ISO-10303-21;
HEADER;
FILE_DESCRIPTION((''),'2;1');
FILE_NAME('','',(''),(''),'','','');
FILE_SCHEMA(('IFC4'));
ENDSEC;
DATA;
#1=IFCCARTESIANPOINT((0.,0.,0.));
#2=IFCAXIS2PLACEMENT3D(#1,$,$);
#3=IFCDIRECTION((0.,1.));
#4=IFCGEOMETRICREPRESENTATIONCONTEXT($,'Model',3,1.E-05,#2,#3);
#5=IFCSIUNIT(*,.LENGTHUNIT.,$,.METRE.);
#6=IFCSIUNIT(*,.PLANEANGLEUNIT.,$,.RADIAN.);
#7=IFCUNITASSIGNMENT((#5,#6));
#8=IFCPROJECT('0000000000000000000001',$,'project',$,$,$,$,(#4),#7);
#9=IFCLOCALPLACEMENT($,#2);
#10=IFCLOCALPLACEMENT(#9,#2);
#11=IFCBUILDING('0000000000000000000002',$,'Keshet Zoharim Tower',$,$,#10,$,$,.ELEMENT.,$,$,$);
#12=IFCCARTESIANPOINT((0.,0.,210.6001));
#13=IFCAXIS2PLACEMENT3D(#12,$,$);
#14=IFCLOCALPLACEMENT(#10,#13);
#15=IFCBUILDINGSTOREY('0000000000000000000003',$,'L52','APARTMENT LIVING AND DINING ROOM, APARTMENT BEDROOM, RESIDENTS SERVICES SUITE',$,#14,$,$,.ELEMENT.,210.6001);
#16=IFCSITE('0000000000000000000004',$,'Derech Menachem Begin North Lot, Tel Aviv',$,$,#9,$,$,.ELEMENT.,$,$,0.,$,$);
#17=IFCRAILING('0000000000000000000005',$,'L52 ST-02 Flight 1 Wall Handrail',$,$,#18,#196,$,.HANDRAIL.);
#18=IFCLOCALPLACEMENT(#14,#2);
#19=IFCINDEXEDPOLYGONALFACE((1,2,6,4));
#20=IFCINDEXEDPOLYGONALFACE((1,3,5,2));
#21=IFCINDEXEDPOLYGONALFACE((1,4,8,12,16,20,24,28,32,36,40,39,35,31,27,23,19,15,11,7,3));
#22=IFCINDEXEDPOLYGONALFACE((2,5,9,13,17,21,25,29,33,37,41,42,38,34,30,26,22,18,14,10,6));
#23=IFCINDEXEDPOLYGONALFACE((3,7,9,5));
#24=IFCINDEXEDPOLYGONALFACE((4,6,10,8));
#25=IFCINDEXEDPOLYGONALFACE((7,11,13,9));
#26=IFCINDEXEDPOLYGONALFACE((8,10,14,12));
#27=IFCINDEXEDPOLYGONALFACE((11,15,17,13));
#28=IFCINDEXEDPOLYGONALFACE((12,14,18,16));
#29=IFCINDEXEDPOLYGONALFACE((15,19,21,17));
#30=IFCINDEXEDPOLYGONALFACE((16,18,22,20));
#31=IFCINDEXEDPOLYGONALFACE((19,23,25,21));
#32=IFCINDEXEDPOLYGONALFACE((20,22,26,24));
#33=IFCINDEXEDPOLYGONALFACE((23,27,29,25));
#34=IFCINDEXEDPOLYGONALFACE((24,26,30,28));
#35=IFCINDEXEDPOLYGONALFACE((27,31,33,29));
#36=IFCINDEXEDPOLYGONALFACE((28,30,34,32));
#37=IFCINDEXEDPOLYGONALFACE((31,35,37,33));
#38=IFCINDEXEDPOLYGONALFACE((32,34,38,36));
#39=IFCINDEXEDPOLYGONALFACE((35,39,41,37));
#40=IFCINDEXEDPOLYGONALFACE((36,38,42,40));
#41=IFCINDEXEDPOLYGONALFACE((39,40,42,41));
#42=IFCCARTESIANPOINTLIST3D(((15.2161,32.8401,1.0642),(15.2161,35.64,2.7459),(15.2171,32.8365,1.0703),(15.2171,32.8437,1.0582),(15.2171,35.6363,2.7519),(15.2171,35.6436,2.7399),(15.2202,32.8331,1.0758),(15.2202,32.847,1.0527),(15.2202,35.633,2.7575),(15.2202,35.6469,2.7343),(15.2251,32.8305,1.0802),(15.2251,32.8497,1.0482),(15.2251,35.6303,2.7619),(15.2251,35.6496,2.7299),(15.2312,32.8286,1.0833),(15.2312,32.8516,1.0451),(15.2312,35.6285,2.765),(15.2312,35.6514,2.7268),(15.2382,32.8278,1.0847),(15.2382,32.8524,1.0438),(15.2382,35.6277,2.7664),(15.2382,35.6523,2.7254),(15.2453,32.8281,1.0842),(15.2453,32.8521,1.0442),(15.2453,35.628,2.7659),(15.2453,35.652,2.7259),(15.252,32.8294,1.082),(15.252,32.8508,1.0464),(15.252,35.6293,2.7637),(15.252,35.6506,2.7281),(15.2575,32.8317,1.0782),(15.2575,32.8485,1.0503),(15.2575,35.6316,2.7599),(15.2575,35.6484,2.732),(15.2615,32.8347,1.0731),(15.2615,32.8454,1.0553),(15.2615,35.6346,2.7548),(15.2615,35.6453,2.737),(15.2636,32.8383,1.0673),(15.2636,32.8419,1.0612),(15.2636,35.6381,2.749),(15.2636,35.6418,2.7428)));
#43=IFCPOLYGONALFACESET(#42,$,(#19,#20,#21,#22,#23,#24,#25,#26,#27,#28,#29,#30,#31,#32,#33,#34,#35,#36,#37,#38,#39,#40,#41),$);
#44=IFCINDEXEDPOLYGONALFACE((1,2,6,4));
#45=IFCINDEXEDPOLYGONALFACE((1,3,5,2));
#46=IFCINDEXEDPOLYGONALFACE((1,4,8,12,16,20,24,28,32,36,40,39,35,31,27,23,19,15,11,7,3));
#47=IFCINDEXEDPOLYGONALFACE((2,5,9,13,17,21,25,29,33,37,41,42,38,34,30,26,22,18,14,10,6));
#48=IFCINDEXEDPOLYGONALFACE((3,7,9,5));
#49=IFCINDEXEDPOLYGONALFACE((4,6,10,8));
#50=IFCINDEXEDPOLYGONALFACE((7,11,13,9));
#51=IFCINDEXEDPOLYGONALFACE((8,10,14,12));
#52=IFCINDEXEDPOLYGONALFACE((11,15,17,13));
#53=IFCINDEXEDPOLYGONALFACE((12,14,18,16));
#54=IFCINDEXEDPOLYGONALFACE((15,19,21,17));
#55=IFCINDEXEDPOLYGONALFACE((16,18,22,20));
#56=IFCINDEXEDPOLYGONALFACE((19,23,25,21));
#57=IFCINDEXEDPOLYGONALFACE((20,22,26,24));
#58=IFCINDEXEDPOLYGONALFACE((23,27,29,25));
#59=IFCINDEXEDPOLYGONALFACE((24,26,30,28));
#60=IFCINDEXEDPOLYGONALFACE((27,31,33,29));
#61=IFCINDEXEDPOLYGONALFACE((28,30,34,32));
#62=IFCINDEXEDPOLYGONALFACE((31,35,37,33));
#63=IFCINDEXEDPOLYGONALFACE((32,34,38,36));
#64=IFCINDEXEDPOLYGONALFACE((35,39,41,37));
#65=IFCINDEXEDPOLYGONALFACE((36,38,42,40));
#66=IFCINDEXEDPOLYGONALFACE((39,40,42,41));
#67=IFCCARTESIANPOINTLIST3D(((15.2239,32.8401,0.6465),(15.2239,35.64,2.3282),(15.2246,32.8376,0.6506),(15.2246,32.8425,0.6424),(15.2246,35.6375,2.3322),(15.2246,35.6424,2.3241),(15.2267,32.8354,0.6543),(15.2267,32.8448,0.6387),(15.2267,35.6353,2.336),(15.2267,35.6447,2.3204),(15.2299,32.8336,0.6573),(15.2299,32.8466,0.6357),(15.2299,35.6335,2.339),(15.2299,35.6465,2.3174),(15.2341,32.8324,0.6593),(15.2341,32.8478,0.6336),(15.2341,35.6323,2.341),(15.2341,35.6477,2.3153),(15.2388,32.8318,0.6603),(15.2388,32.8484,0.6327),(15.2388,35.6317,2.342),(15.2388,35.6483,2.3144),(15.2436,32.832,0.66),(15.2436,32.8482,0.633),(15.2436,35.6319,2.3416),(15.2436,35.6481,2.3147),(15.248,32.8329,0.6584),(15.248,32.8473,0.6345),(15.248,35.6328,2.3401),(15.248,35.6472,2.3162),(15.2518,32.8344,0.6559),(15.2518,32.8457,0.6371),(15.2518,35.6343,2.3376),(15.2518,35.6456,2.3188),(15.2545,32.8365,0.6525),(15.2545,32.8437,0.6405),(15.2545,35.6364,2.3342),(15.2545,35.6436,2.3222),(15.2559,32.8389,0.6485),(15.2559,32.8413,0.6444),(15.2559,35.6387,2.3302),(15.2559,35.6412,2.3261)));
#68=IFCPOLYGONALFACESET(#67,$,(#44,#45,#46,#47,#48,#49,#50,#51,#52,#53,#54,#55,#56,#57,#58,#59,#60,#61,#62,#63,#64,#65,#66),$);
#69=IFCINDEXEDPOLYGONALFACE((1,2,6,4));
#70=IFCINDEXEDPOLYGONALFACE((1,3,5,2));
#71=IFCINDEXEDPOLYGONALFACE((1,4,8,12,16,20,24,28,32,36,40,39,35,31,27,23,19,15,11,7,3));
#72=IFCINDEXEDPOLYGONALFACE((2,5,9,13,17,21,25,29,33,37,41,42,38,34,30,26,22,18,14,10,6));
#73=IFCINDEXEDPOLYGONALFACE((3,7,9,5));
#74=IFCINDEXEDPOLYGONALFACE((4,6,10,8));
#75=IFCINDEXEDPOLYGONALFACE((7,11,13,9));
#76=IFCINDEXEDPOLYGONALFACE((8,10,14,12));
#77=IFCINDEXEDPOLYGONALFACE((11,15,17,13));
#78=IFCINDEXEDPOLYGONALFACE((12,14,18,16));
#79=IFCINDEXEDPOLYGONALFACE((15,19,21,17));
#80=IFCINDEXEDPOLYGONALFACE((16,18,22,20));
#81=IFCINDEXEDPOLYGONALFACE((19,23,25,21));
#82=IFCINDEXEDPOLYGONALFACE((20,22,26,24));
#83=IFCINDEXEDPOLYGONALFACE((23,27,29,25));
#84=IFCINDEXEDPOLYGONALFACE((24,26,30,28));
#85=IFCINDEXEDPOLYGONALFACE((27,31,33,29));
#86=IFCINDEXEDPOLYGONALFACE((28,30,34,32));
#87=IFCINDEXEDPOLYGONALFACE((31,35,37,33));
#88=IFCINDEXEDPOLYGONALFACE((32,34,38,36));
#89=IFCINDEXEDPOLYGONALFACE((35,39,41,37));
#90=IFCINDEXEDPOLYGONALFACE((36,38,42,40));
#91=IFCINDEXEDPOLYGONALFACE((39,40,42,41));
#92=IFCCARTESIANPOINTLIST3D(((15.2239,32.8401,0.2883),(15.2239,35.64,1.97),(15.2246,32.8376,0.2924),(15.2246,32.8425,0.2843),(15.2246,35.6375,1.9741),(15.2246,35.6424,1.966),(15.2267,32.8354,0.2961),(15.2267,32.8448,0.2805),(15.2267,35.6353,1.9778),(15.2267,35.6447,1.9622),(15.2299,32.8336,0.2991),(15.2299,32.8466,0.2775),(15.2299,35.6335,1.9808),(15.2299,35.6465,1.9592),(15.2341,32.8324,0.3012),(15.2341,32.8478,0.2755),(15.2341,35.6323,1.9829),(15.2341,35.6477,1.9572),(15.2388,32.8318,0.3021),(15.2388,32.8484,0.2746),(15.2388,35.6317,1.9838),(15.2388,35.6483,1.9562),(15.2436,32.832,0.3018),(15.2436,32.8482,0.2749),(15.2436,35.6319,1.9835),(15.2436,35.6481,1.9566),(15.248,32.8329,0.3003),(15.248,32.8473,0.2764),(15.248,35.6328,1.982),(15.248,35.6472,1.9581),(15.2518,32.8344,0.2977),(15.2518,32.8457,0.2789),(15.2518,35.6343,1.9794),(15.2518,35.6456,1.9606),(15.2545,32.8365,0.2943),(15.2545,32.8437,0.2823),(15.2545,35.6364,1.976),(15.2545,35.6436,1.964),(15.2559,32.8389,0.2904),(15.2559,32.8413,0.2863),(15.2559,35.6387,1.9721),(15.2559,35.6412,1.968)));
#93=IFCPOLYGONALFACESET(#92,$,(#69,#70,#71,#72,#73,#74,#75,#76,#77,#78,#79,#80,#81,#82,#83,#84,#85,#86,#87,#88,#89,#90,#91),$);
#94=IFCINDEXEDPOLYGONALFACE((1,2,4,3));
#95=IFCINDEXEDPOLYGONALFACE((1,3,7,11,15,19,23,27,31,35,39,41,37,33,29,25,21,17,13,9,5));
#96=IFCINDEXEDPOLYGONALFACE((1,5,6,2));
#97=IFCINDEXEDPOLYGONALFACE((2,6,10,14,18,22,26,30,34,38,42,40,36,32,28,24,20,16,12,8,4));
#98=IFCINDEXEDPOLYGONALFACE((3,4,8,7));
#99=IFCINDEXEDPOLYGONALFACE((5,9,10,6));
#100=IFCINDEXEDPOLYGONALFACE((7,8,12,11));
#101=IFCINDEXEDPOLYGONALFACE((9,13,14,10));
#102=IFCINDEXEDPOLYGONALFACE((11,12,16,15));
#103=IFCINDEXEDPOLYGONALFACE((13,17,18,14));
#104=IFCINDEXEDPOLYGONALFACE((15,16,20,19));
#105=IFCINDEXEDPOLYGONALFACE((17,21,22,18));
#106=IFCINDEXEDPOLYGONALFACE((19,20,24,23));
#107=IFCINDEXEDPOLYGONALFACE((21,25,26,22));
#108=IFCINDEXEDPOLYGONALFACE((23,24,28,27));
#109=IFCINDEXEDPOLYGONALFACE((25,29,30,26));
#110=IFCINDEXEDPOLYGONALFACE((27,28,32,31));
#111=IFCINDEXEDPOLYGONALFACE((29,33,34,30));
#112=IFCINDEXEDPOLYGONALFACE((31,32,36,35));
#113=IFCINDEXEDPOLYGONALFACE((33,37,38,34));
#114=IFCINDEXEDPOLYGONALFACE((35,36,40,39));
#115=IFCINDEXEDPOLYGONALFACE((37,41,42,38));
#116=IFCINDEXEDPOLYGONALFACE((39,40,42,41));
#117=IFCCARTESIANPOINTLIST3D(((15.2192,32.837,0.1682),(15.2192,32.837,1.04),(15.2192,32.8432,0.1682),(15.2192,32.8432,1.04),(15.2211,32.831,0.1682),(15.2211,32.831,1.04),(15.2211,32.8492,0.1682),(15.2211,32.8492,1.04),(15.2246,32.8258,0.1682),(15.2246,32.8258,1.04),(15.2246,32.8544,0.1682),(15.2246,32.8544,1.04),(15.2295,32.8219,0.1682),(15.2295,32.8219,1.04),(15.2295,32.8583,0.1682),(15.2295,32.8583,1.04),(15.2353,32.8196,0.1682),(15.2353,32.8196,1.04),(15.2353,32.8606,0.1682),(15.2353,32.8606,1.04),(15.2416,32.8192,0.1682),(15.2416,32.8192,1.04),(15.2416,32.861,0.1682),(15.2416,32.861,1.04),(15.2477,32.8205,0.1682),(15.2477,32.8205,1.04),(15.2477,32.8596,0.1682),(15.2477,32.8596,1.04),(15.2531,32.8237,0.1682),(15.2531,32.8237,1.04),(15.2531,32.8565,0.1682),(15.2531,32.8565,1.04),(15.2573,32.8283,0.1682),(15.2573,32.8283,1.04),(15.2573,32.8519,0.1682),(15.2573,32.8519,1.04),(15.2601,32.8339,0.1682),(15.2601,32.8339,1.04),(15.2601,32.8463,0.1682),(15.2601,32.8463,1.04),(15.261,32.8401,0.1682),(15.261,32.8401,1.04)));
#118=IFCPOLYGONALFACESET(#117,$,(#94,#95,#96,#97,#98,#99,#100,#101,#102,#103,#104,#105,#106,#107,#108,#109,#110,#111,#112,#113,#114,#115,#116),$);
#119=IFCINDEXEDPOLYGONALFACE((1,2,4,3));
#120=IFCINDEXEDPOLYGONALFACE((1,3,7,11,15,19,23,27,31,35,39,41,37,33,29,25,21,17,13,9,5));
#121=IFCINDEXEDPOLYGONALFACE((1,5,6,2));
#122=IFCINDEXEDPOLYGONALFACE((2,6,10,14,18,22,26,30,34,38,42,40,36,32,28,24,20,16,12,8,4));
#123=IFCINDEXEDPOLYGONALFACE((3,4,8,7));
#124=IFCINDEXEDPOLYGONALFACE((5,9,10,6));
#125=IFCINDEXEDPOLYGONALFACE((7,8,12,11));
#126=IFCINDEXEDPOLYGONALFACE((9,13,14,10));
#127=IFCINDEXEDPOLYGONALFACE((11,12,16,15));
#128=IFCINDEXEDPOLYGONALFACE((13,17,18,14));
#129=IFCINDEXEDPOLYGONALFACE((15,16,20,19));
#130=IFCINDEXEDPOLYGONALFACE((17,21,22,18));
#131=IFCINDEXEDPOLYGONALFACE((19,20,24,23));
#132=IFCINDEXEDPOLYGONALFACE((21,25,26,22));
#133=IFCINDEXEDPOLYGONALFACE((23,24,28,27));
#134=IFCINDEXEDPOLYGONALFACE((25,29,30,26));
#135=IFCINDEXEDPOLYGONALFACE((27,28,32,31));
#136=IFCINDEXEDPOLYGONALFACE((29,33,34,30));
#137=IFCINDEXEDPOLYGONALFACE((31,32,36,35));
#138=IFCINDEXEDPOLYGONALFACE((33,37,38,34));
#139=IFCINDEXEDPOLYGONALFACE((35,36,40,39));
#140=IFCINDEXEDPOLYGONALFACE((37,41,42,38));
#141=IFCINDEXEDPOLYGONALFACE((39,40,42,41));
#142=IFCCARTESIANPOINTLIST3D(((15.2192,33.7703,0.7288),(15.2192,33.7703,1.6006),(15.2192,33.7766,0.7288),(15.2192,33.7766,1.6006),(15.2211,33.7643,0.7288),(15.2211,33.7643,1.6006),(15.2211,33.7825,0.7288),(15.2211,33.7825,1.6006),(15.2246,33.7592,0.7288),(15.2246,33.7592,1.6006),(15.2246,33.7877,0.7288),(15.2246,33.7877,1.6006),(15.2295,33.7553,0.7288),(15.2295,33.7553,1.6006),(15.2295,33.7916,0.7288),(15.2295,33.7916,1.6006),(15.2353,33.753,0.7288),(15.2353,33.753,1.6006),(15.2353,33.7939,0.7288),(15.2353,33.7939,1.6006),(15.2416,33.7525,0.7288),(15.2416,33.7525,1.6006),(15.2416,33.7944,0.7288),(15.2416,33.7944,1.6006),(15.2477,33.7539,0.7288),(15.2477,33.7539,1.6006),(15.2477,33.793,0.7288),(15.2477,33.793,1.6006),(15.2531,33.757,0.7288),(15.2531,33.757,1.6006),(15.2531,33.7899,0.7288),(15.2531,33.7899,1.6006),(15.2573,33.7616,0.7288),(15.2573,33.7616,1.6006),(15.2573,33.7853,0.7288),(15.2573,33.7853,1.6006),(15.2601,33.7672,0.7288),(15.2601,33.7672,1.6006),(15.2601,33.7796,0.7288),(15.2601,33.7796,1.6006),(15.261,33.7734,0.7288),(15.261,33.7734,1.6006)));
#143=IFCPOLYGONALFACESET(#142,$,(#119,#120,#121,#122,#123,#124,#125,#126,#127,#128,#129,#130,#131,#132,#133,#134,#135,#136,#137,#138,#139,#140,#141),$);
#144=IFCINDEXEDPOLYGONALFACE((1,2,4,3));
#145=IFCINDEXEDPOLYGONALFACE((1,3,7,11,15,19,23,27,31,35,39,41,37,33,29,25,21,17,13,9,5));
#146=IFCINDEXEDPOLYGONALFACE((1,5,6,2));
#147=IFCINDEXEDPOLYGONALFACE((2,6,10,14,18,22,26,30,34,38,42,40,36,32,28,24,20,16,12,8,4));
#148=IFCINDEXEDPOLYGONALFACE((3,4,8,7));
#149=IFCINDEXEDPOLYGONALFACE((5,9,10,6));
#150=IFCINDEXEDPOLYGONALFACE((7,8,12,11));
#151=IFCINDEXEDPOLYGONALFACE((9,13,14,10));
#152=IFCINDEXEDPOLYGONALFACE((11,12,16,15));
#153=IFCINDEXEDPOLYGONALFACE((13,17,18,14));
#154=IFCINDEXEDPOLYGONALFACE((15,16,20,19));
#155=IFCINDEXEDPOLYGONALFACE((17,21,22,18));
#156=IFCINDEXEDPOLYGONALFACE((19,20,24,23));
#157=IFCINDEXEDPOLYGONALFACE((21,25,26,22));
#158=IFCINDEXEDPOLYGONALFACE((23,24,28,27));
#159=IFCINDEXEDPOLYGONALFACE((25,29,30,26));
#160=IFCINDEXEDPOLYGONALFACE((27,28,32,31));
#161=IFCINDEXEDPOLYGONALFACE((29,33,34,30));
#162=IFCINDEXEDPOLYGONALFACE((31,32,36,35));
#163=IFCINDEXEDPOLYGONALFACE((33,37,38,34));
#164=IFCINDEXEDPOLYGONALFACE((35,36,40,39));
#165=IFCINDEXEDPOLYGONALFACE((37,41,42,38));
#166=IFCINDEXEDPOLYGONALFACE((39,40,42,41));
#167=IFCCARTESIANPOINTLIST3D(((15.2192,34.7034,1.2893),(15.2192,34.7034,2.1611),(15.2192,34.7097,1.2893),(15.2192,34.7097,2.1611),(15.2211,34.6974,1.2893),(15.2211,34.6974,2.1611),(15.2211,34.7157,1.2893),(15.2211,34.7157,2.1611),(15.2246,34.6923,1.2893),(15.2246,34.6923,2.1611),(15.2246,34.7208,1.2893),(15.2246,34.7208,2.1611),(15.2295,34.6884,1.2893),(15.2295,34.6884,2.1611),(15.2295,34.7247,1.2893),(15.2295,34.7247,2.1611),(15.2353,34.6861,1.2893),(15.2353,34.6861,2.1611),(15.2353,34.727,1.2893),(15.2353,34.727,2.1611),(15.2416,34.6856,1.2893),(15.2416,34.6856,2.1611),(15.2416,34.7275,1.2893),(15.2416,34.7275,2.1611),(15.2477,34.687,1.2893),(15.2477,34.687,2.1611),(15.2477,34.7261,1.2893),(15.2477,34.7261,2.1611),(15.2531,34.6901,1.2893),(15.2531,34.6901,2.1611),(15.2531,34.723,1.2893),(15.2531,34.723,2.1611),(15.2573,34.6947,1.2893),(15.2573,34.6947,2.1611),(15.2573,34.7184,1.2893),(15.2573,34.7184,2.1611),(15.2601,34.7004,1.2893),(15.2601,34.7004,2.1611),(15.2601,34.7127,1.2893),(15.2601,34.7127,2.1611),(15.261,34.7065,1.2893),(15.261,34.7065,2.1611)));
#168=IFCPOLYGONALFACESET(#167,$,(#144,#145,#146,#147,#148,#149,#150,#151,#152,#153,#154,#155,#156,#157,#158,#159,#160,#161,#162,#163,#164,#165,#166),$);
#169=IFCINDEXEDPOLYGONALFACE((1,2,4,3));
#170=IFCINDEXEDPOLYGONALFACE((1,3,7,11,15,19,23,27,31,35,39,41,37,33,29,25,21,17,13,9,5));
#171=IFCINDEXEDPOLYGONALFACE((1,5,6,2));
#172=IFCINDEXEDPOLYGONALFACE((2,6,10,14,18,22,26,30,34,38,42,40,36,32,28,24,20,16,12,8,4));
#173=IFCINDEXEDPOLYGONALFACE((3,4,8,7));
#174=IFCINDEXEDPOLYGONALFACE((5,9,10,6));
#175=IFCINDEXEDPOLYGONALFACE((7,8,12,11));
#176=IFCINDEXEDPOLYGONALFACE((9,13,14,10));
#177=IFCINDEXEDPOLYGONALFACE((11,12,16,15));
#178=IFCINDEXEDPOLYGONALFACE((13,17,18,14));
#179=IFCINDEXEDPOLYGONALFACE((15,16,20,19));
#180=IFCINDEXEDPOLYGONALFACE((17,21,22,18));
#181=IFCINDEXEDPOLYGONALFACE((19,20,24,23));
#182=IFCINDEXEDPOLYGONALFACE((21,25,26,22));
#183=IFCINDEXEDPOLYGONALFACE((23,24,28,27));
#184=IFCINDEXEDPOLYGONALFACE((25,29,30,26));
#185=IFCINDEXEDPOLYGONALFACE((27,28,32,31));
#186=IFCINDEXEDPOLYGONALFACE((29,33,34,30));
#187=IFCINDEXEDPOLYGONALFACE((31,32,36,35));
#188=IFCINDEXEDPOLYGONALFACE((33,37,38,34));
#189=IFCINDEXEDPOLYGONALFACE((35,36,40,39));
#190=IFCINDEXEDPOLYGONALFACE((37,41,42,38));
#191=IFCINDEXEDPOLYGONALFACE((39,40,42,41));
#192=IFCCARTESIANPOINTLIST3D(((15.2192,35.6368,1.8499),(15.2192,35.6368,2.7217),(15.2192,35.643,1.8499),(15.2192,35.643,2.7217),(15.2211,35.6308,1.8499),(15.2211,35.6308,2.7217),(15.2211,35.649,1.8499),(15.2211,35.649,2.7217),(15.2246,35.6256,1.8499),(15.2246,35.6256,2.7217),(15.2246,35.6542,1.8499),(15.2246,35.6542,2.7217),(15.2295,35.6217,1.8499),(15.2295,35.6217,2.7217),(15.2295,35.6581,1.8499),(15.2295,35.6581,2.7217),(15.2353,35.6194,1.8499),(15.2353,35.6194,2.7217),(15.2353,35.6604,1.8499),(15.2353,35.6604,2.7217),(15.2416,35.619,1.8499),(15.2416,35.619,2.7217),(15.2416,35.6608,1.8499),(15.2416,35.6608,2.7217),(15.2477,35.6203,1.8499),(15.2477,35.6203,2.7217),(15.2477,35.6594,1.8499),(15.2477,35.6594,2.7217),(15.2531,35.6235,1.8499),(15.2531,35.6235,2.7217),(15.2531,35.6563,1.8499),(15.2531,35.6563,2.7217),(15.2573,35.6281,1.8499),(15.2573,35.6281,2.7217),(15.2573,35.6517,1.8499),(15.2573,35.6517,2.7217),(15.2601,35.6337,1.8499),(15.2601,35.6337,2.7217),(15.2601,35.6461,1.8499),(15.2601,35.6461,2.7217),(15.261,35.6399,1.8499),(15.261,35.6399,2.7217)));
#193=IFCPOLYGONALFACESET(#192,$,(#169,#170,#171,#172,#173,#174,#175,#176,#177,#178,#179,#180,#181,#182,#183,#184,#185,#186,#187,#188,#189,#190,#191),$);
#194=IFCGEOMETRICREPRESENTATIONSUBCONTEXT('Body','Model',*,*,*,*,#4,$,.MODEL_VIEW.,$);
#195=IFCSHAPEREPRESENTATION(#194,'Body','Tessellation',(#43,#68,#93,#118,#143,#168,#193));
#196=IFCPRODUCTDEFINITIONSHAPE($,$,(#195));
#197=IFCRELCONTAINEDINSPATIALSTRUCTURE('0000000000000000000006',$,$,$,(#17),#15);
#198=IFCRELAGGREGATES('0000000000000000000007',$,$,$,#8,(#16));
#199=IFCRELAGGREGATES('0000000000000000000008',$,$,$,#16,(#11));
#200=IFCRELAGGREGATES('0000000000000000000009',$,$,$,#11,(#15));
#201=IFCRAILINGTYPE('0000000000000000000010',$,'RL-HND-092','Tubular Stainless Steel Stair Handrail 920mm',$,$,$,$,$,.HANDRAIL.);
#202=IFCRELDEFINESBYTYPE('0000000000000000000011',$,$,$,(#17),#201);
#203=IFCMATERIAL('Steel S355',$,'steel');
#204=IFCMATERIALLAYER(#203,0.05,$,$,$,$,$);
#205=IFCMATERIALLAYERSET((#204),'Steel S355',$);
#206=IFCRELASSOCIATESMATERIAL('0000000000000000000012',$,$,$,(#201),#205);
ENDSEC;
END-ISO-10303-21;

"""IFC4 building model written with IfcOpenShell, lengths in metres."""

from ifc_helpers import new_model, si_unit, direction, frame, origin, origin_2d, place, context, subcontext, project, spatial, circle, extrude, material, layer, layer_set, type_object, element, save


model = new_model("IFC4")

# Units and contexts
model_context = context("Model", 3, precision=1e-05, world=origin(), true_north=direction((0.0, 1.0)))
body_context = subcontext(model_context, "Body", "Model", "MODEL_VIEW")
ifc_project = project(units=[si_unit("LENGTHUNIT", "METRE"), si_unit("PLANEANGLEUNIT", "RADIAN")], contexts=[model_context])

# Site, building, storey
site_placement = place(None, origin())
site = spatial("IfcSite", under=ifc_project, at=site_placement, Name="Derech Menachem Begin North Lot, Tel Aviv", CompositionType="ELEMENT", RefElevation=0.0)
building_placement = place(site_placement, origin())
building = spatial("IfcBuilding", under=site, at=building_placement, Name="Keshet Zoharim Tower", CompositionType="ELEMENT")
storey_placement = place(building_placement, frame((0.0, 0.0, 210.6001)))
storey = spatial("IfcBuildingStorey", under=building, at=storey_placement, Name="L52", Description="APARTMENT LIVING AND DINING ROOM, APARTMENT BEDROOM, RESIDENTS SERVICES SUITE", CompositionType="ELEMENT", Elevation=210.6001)

# Shared definitions
ifc_material_1 = material(Name="Steel S355", Category="steel")

# Railing
ifc_layer_1 = layer(ifc_material_1, 0.05)
ifc_layer_set_1 = layer_set([ifc_layer_1], Name="Steel S355")
railing_type = type_object("IfcRailingType", Name="RL-HND-092", Description="Tubular Stainless Steel Stair Handrail 920mm", PredefinedType="HANDRAIL", material=ifc_layer_set_1)
railing_placement = place(storey_placement, frame((15.24, 32.8401, 0.1682)))
element("IfcRailing", 1, at=railing_placement, inside=storey, type_object=railing_type, Name="L52 ST-02 Flight 1 Wall Handrail", PredefinedType="HANDRAIL", context=body_context, shape_type="SweptSolid", body=[
    extrude(circle(Radius=0.0239, at=origin_2d()), frame((0.0, 0.0, 0.896), z_axis=(0.0, 0.857255, 0.514891), x_axis=(-1.0, 0.0, 0.0)), (0.0, 0.0, 1.0), 3.2661),
    extrude(circle(Radius=0.0161, at=origin_2d()), frame((0.0, 0.0, 0.4783), z_axis=(0.0, 0.857255, 0.514891), x_axis=(-1.0, 0.0, 0.0)), (0.0, 0.0, 1.0), 3.2661),
    extrude(circle(Radius=0.0161, at=origin_2d()), frame((0.0, 0.0, 0.1201), z_axis=(0.0, 0.857255, 0.514891), x_axis=(-1.0, 0.0, 0.0)), (0.0, 0.0, 1.0), 3.2661),
    extrude(circle(Radius=0.021, at=origin_2d()), origin(), (0.0, 0.0, 1.0), 0.8718),
    extrude(circle(Radius=0.021, at=origin_2d()), frame((0.0, 0.9333, 0.5605)), (0.0, 0.0, 1.0), 0.8718),
    extrude(circle(Radius=0.021, at=origin_2d()), frame((0.0, 1.8665, 1.1211)), (0.0, 0.0, 1.0), 0.8718),
    extrude(circle(Radius=0.021, at=origin_2d()), frame((0.0, 2.7998, 1.6816)), (0.0, 0.0, 1.0), 0.8718),
])

save(model, "model.ifc")
